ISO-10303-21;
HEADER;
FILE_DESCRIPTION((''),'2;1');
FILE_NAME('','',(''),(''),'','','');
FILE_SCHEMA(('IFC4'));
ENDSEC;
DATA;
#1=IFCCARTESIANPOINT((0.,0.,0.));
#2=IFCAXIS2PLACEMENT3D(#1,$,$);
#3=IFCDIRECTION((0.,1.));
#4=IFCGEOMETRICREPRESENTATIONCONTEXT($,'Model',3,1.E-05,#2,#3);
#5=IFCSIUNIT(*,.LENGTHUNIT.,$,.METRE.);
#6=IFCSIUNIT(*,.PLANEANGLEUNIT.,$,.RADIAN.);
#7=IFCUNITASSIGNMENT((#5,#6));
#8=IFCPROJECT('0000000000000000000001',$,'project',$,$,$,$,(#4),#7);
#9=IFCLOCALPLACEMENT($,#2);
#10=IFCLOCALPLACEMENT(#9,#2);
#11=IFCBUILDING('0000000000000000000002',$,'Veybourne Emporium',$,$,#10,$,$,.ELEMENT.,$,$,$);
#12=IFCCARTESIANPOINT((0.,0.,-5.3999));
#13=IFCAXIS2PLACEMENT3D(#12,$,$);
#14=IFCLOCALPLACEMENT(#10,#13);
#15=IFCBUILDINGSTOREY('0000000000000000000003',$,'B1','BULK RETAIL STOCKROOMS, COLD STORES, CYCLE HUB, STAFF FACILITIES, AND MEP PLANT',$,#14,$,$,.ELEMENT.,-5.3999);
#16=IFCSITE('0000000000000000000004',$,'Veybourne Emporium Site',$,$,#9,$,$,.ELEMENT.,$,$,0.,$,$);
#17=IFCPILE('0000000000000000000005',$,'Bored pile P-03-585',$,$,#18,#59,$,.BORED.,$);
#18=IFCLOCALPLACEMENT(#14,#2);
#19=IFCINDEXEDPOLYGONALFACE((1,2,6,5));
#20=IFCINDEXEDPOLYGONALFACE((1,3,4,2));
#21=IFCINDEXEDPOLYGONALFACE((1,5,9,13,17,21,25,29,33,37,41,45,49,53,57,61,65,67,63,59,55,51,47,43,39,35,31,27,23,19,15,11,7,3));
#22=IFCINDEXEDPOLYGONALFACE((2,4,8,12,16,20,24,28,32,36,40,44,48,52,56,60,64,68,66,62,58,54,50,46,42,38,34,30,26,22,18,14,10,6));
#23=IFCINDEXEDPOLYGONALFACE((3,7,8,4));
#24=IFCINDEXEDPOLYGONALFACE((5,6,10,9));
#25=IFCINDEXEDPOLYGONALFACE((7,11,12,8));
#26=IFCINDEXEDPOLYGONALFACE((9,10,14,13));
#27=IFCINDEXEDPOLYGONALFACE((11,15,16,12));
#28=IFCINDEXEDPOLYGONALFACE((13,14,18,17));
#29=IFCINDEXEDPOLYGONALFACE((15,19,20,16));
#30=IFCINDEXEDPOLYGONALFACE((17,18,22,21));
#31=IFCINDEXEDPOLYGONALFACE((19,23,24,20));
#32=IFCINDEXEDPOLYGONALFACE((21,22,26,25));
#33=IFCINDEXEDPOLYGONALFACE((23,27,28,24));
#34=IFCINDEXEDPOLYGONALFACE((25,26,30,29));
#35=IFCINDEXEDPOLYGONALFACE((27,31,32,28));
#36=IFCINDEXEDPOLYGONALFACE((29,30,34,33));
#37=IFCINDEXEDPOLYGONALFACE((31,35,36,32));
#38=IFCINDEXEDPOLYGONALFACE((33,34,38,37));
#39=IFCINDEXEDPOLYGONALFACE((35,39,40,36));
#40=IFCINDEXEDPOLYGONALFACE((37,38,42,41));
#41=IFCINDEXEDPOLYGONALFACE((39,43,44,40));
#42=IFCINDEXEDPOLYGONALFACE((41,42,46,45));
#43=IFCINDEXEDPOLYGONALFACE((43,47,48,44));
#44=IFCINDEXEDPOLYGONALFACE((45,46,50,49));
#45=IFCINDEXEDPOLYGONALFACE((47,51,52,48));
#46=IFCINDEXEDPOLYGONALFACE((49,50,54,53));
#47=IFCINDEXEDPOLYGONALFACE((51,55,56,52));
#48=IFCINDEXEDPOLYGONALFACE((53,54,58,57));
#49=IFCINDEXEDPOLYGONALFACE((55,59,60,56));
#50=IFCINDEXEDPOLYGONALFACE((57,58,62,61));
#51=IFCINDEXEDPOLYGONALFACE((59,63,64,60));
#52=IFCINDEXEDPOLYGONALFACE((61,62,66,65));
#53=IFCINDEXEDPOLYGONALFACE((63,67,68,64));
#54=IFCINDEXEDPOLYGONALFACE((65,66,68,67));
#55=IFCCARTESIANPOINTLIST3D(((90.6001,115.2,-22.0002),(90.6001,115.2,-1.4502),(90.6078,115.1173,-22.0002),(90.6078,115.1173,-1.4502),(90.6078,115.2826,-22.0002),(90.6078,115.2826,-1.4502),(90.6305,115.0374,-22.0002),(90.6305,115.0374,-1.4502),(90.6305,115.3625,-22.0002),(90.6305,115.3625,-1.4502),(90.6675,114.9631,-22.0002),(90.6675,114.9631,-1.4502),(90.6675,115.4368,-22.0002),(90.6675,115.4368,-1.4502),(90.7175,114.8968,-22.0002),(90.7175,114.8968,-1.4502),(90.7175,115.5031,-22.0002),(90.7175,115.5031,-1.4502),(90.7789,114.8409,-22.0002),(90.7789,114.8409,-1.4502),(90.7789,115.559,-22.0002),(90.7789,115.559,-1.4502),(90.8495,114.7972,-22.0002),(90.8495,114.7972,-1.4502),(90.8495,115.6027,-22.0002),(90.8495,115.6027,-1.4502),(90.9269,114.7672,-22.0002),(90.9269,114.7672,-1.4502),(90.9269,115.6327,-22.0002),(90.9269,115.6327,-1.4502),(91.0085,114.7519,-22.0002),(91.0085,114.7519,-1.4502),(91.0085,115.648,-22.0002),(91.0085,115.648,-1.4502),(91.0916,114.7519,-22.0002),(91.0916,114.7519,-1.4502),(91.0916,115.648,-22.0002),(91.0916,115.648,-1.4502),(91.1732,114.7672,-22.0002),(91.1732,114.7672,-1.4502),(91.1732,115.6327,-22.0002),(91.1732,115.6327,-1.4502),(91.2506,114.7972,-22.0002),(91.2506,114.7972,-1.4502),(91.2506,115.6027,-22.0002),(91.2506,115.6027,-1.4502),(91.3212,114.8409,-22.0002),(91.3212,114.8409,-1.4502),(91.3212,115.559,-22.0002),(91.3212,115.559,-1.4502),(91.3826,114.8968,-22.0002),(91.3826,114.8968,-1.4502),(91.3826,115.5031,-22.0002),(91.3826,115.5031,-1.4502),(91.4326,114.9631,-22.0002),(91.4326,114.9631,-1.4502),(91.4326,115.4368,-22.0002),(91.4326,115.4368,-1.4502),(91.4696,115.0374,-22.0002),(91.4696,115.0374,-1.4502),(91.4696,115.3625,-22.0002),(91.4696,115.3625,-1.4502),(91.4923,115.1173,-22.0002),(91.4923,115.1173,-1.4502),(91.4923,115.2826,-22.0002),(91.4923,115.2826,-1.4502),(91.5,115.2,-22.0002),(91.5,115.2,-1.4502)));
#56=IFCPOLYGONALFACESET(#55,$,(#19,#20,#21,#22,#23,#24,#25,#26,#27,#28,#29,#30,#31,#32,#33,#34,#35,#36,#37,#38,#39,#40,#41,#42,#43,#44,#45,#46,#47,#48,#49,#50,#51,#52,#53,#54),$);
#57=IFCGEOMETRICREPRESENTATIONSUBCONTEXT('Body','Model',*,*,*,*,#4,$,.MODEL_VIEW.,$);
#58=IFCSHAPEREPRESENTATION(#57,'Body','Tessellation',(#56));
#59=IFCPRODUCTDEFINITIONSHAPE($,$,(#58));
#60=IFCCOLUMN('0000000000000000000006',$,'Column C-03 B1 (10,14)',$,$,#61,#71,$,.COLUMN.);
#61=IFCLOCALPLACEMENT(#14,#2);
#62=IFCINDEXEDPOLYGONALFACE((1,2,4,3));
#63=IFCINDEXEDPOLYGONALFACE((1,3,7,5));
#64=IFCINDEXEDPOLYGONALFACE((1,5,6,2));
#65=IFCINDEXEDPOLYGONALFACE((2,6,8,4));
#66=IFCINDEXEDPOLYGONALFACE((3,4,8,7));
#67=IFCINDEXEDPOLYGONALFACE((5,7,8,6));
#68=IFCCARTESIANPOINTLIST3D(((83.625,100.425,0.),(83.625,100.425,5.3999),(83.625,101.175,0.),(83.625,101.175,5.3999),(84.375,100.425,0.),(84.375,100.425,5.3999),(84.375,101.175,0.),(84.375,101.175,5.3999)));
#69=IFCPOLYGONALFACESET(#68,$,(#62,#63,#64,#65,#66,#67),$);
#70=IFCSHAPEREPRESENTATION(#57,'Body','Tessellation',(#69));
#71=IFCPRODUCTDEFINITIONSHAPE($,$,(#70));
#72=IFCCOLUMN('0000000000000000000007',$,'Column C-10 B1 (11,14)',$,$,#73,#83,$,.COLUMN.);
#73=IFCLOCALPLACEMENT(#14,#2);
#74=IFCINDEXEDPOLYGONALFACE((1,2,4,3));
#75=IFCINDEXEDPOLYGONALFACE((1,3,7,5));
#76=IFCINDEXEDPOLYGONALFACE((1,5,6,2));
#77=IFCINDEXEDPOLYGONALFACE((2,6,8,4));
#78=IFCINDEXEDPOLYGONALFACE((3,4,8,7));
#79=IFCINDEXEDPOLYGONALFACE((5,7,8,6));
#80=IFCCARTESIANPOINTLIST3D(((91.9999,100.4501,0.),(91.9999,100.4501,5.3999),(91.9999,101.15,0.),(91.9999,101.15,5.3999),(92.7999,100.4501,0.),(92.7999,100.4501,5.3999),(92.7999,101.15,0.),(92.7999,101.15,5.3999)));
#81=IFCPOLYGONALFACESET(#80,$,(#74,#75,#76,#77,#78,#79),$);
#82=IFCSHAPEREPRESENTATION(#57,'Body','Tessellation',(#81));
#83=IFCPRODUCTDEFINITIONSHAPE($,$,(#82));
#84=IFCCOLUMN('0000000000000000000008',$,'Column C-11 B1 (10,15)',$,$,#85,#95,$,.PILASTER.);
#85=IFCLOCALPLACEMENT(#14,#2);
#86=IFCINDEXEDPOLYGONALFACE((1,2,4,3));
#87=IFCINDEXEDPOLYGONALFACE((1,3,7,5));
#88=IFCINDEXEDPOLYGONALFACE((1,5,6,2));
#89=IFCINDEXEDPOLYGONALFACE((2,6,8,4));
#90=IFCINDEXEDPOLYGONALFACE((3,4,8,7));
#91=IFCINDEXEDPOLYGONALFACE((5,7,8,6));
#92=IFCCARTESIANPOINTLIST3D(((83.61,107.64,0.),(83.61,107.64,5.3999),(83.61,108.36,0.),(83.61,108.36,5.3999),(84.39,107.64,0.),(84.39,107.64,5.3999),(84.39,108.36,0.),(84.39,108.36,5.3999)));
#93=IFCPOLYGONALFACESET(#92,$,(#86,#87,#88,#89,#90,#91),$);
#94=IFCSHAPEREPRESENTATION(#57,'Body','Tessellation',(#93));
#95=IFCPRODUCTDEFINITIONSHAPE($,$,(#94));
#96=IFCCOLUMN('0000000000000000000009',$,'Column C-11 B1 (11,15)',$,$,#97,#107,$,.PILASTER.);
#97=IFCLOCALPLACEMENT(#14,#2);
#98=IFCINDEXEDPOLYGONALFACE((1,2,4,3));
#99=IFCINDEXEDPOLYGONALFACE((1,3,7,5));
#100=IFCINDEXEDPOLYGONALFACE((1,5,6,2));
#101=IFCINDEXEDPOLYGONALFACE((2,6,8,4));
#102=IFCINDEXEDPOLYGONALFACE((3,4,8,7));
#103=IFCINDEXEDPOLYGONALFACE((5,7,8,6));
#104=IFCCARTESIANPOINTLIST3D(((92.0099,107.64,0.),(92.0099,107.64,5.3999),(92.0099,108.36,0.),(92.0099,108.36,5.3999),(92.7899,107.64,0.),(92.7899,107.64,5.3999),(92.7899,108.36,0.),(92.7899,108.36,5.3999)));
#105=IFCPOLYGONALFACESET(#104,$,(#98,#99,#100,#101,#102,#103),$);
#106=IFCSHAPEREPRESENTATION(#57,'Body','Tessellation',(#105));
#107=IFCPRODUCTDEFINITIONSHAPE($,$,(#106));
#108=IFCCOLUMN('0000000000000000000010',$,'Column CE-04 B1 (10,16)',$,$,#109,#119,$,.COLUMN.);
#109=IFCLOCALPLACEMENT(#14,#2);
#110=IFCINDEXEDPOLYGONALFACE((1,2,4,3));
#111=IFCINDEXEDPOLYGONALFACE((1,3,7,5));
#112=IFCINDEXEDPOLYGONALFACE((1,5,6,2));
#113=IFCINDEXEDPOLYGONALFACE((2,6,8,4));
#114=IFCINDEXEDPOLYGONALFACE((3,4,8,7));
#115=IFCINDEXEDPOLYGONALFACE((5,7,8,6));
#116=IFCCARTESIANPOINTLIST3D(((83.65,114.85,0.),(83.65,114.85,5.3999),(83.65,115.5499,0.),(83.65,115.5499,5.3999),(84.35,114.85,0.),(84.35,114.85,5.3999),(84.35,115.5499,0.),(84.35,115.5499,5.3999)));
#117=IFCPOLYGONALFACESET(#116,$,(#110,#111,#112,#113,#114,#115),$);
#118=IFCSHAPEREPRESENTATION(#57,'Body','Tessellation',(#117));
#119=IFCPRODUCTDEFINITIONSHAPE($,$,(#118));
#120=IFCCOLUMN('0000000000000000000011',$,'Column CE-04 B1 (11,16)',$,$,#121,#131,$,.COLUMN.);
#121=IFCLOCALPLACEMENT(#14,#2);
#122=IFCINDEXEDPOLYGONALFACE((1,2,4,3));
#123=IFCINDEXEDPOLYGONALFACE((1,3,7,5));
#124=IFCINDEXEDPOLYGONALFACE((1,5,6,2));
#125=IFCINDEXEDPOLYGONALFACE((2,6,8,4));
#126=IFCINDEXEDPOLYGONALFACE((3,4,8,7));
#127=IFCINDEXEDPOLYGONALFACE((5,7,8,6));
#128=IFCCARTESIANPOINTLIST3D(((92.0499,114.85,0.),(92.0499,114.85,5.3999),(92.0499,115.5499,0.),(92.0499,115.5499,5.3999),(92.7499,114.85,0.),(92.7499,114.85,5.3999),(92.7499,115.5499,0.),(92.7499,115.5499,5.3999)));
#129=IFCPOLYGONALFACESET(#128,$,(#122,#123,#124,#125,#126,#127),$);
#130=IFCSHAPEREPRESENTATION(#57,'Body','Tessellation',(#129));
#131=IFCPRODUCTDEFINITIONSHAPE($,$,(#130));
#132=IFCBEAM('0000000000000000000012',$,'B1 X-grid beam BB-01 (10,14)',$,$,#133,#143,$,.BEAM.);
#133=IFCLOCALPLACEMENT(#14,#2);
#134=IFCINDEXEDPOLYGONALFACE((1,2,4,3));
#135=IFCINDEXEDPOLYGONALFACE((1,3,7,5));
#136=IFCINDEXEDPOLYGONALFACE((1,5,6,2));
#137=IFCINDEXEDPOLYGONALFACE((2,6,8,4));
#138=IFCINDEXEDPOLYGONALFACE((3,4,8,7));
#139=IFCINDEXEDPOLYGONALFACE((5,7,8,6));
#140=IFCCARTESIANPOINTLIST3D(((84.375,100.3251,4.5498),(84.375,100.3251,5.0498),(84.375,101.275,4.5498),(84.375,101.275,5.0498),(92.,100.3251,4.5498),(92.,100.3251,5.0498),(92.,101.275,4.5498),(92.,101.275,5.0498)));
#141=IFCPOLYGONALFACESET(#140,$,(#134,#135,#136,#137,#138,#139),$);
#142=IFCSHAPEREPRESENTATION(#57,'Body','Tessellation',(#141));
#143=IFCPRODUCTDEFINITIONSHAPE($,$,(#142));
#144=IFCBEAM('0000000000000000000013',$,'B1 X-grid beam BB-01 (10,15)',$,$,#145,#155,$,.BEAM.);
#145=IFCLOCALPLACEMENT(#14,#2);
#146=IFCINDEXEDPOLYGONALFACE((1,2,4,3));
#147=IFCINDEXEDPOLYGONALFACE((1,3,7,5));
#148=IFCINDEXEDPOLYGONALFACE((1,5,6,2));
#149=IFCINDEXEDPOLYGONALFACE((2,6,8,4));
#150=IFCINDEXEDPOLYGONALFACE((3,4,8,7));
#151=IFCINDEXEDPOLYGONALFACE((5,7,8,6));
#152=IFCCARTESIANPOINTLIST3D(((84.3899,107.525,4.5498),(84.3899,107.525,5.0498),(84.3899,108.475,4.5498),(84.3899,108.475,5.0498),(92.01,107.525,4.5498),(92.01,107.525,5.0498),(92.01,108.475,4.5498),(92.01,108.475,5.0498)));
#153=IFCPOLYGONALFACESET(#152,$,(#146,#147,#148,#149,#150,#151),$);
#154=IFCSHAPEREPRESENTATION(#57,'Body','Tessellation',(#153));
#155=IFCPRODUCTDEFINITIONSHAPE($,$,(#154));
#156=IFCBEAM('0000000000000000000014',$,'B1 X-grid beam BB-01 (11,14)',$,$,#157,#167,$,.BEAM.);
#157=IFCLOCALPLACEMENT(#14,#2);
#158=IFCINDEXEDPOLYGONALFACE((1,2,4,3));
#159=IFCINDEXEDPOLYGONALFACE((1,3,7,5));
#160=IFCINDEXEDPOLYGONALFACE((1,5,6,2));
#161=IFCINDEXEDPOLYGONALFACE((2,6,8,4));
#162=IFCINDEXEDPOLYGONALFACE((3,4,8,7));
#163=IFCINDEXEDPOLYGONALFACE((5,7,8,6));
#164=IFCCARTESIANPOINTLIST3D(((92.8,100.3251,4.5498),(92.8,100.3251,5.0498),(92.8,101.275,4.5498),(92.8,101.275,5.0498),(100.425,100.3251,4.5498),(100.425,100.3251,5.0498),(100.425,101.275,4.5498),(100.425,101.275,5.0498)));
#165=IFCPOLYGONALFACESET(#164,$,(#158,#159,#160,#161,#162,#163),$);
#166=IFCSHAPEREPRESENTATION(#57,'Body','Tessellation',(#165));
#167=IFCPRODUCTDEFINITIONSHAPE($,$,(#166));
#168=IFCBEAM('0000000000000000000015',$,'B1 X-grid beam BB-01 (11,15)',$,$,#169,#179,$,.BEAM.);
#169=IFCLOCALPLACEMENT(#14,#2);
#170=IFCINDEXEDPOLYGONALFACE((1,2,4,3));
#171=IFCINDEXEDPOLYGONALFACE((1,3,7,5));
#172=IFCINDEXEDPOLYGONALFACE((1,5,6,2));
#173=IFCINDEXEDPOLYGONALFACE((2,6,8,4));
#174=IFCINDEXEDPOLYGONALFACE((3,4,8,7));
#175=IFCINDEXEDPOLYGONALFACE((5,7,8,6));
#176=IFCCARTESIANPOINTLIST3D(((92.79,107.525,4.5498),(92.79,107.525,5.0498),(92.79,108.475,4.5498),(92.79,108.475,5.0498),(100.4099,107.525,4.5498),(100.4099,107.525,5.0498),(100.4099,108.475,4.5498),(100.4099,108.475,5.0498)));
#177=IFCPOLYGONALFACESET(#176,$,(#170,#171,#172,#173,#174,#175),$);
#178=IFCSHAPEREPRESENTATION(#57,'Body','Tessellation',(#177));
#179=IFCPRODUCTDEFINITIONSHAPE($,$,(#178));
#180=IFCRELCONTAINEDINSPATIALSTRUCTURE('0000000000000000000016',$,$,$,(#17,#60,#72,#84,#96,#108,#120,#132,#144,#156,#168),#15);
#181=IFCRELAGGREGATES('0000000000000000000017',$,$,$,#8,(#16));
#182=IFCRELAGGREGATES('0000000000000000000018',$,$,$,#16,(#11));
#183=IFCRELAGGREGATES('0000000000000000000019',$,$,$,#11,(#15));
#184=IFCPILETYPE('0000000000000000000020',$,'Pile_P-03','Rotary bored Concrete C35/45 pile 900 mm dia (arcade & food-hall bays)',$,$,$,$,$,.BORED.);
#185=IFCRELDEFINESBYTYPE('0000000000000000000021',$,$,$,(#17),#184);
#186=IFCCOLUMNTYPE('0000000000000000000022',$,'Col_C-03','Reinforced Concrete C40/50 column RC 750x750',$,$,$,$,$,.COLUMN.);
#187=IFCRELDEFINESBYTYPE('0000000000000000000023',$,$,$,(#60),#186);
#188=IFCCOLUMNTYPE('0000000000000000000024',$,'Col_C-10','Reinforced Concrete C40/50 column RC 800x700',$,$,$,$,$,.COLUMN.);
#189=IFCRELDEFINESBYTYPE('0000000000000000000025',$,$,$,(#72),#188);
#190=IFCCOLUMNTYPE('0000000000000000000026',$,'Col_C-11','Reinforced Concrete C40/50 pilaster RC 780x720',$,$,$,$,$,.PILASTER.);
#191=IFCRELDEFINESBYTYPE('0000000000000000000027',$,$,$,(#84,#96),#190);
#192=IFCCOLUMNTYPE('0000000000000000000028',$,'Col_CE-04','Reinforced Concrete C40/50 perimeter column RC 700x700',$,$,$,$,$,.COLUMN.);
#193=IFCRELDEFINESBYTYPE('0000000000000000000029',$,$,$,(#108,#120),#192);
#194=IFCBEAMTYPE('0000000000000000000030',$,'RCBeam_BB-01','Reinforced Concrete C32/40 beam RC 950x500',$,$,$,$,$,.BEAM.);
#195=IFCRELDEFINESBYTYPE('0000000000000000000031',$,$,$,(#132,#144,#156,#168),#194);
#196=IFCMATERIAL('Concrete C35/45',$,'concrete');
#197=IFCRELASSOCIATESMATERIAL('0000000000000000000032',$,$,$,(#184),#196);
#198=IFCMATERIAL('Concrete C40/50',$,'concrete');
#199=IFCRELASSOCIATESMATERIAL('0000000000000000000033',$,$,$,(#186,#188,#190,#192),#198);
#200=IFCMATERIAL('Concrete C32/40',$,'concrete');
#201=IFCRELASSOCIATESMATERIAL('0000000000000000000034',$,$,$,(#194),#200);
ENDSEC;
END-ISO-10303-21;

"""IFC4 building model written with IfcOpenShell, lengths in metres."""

from ifc_helpers import new_model, si_unit, direction, frame, origin, origin_2d, place, context, subcontext, project, spatial, rectangle, circle, extrude, material, material_profile, profile_set, type_object, element, save


model = new_model("IFC4")

# Units and contexts
model_context = context("Model", 3, precision=1e-05, world=origin(), true_north=direction((0.0, 1.0)))
body_context = subcontext(model_context, "Body", "Model", "MODEL_VIEW")
ifc_project = project(units=[si_unit("LENGTHUNIT", "METRE"), si_unit("PLANEANGLEUNIT", "RADIAN")], contexts=[model_context])

# Site, building, storey
site_placement = place(None, origin())
site = spatial("IfcSite", under=ifc_project, at=site_placement, Name="Veybourne Emporium Site", CompositionType="ELEMENT", RefElevation=0.0)
building_placement = place(site_placement, origin())
building = spatial("IfcBuilding", under=site, at=building_placement, Name="Veybourne Emporium", CompositionType="ELEMENT")
storey_placement = place(building_placement, frame((0.0, 0.0, -5.3999)))
storey = spatial("IfcBuildingStorey", under=building, at=storey_placement, Name="B1", Description="BULK RETAIL STOCKROOMS, COLD STORES, CYCLE HUB, STAFF FACILITIES, AND MEP PLANT", CompositionType="ELEMENT", Elevation=-5.3999)

# Shared definitions
ifc_material_1 = material(Name="Concrete C35/45", Category="concrete")

# Pile
ifc_material_profile_1 = material_profile(ifc_material_1, circle(Radius=0.45, at=origin_2d()), Name="BORED PILE 900")
ifc_profile_set_1 = profile_set([ifc_material_profile_1], Name="Concrete C35/45")
pile_type_1 = type_object("IfcPileType", Name="Pile_P-03", Description="Rotary bored Concrete C35/45 pile 900 mm dia (arcade & food-hall bays)", PredefinedType="BORED", material=ifc_profile_set_1)
for number, where, z_axis, x_axis, name in (
    (1, (91.05, 115.2, -1.4502), (0.0, 0.0, -1.0), (1.0, 0.0, 0.0), "Bored pile P-03-585"),
):
    element("IfcPile", number, at=place(storey_placement, frame(where, z_axis=z_axis, x_axis=x_axis)), inside=storey, type_object=pile_type_1, Name=name, PredefinedType="BORED", context=body_context, shape_type="SweptSolid", body=[
        extrude(circle(Radius=0.45, at=origin_2d()), origin(), (0.0, 0.0, 1.0), 20.55),
    ])

# Columns
ifc_material_2 = material(Name="Concrete C40/50", Category="concrete")
ifc_material_profile_2 = material_profile(ifc_material_2, rectangle(XDim=0.75, YDim=0.75, at=origin_2d()), Name="RC 750x750")
ifc_profile_set_2 = profile_set([ifc_material_profile_2], Name="Concrete C40/50")
column_type_1 = type_object("IfcColumnType", Name="Col_C-03", Description="Reinforced Concrete C40/50 column RC 750x750", PredefinedType="COLUMN", material=ifc_profile_set_2)
column_1_placement = place(storey_placement, frame((84.0, 100.8, 0.0), z_axis=(0.0, 0.0, 1.0), x_axis=(1.0, 0.0, 0.0)))
element("IfcColumn", 2, at=column_1_placement, inside=storey, type_object=column_type_1, Name="Column C-03 B1 (10,14)", PredefinedType="COLUMN", context=body_context, shape_type="SweptSolid", body=[
    extrude(rectangle(XDim=0.75, YDim=0.75, at=origin_2d()), origin(), (0.0, 0.0, 1.0), 5.3999),
])
ifc_material_profile_3 = material_profile(ifc_material_2, rectangle(XDim=0.8, YDim=0.7, at=origin_2d()), Name="RC 800x700")
ifc_profile_set_3 = profile_set([ifc_material_profile_3], Name="Concrete C40/50")
column_type_2 = type_object("IfcColumnType", Name="Col_C-10", Description="Reinforced Concrete C40/50 column RC 800x700", PredefinedType="COLUMN", material=ifc_profile_set_3)
column_2_placement = place(storey_placement, frame((92.3999, 100.8, 0.0), z_axis=(0.0, 0.0, 1.0), x_axis=(1.0, 0.0, 0.0)))
element("IfcColumn", 3, at=column_2_placement, inside=storey, type_object=column_type_2, Name="Column C-10 B1 (11,14)", PredefinedType="COLUMN", context=body_context, shape_type="SweptSolid", body=[
    extrude(rectangle(XDim=0.8, YDim=0.7, at=origin_2d()), origin(), (0.0, 0.0, 1.0), 5.3999),
])
ifc_material_profile_4 = material_profile(ifc_material_2, rectangle(XDim=0.78, YDim=0.72, at=origin_2d()), Name="RC 780x720")
ifc_profile_set_4 = profile_set([ifc_material_profile_4], Name="Concrete C40/50")
column_type_3 = type_object("IfcColumnType", Name="Col_C-11", Description="Reinforced Concrete C40/50 pilaster RC 780x720", PredefinedType="PILASTER", material=ifc_profile_set_4)
for number, where, z_axis, x_axis, name in (
    (4, (84.0, 108.0, 0.0), (0.0, 0.0, 1.0), (1.0, 0.0, 0.0), "Column C-11 B1 (10,15)"),
    (5, (92.3999, 108.0, 0.0), (0.0, 0.0, 1.0), (1.0, 0.0, 0.0), "Column C-11 B1 (11,15)"),
):
    element("IfcColumn", number, at=place(storey_placement, frame(where, z_axis=z_axis, x_axis=x_axis)), inside=storey, type_object=column_type_3, Name=name, PredefinedType="PILASTER", context=body_context, shape_type="SweptSolid", body=[
        extrude(rectangle(XDim=0.78, YDim=0.72, at=origin_2d()), origin(), (0.0, 0.0, 1.0), 5.3999),
    ])
ifc_material_profile_5 = material_profile(ifc_material_2, rectangle(XDim=0.7, YDim=0.7, at=origin_2d()), Name="RC 700x700")
ifc_profile_set_5 = profile_set([ifc_material_profile_5], Name="Concrete C40/50")
column_type_4 = type_object("IfcColumnType", Name="Col_CE-04", Description="Reinforced Concrete C40/50 perimeter column RC 700x700", PredefinedType="COLUMN", material=ifc_profile_set_5)
for number, where, z_axis, x_axis, name in (
    (6, (84.0, 115.2, 0.0), (0.0, 0.0, 1.0), (1.0, 0.0, 0.0), "Column CE-04 B1 (10,16)"),
    (7, (92.3999, 115.2, 0.0), (0.0, 0.0, 1.0), (1.0, 0.0, 0.0), "Column CE-04 B1 (11,16)"),
):
    element("IfcColumn", number, at=place(storey_placement, frame(where, z_axis=z_axis, x_axis=x_axis)), inside=storey, type_object=column_type_4, Name=name, PredefinedType="COLUMN", context=body_context, shape_type="SweptSolid", body=[
        extrude(rectangle(XDim=0.7, YDim=0.7, at=origin_2d()), origin(), (0.0, 0.0, 1.0), 5.3999),
    ])

# Beams
ifc_material_3 = material(Name="Concrete C32/40", Category="concrete")
ifc_material_profile_6 = material_profile(ifc_material_3, rectangle(XDim=0.95, YDim=0.5, at=origin_2d()), Name="RC 950x500")
ifc_profile_set_6 = profile_set([ifc_material_profile_6], Name="Concrete C32/40")
beam_type_1 = type_object("IfcBeamType", Name="RCBeam_BB-01", Description="Reinforced Concrete C32/40 beam RC 950x500", PredefinedType="BEAM", material=ifc_profile_set_6)
beam_1_placement = place(storey_placement, frame((84.375, 100.8, 4.7998), z_axis=(1.0, 0.0, 0.0), x_axis=(0.0, 1.0, 0.0)))
element("IfcBeam", 8, at=beam_1_placement, inside=storey, type_object=beam_type_1, Name="B1 X-grid beam BB-01 (10,14)", PredefinedType="BEAM", context=body_context, shape_type="SweptSolid", body=[
    extrude(rectangle(XDim=0.95, YDim=0.5, at=origin_2d()), origin(), (0.0, 0.0, 1.0), 7.625),
])
beam_2_placement = place(storey_placement, frame((84.3899, 108.0, 4.7998), z_axis=(1.0, 0.0, 0.0), x_axis=(0.0, 1.0, 0.0)))
element("IfcBeam", 9, at=beam_2_placement, inside=storey, type_object=beam_type_1, Name="B1 X-grid beam BB-01 (10,15)", PredefinedType="BEAM", context=body_context, shape_type="SweptSolid", body=[
    extrude(rectangle(XDim=0.95, YDim=0.5, at=origin_2d()), origin(), (0.0, 0.0, 1.0), 7.6201),
])
beam_3_placement = place(storey_placement, frame((92.8, 100.8, 4.7998), z_axis=(1.0, 0.0, 0.0), x_axis=(0.0, 1.0, 0.0)))
element("IfcBeam", 10, at=beam_3_placement, inside=storey, type_object=beam_type_1, Name="B1 X-grid beam BB-01 (11,14)", PredefinedType="BEAM", context=body_context, shape_type="SweptSolid", body=[
    extrude(rectangle(XDim=0.95, YDim=0.5, at=origin_2d()), origin(), (0.0, 0.0, 1.0), 7.625),
])
beam_4_placement = place(storey_placement, frame((92.79, 108.0, 4.7998), z_axis=(1.0, 0.0, 0.0), x_axis=(0.0, 1.0, 0.0)))
element("IfcBeam", 11, at=beam_4_placement, inside=storey, type_object=beam_type_1, Name="B1 X-grid beam BB-01 (11,15)", PredefinedType="BEAM", context=body_context, shape_type="SweptSolid", body=[
    extrude(rectangle(XDim=0.95, YDim=0.5, at=origin_2d()), origin(), (0.0, 0.0, 1.0), 7.6199),
])

save(model, "model.ifc")
